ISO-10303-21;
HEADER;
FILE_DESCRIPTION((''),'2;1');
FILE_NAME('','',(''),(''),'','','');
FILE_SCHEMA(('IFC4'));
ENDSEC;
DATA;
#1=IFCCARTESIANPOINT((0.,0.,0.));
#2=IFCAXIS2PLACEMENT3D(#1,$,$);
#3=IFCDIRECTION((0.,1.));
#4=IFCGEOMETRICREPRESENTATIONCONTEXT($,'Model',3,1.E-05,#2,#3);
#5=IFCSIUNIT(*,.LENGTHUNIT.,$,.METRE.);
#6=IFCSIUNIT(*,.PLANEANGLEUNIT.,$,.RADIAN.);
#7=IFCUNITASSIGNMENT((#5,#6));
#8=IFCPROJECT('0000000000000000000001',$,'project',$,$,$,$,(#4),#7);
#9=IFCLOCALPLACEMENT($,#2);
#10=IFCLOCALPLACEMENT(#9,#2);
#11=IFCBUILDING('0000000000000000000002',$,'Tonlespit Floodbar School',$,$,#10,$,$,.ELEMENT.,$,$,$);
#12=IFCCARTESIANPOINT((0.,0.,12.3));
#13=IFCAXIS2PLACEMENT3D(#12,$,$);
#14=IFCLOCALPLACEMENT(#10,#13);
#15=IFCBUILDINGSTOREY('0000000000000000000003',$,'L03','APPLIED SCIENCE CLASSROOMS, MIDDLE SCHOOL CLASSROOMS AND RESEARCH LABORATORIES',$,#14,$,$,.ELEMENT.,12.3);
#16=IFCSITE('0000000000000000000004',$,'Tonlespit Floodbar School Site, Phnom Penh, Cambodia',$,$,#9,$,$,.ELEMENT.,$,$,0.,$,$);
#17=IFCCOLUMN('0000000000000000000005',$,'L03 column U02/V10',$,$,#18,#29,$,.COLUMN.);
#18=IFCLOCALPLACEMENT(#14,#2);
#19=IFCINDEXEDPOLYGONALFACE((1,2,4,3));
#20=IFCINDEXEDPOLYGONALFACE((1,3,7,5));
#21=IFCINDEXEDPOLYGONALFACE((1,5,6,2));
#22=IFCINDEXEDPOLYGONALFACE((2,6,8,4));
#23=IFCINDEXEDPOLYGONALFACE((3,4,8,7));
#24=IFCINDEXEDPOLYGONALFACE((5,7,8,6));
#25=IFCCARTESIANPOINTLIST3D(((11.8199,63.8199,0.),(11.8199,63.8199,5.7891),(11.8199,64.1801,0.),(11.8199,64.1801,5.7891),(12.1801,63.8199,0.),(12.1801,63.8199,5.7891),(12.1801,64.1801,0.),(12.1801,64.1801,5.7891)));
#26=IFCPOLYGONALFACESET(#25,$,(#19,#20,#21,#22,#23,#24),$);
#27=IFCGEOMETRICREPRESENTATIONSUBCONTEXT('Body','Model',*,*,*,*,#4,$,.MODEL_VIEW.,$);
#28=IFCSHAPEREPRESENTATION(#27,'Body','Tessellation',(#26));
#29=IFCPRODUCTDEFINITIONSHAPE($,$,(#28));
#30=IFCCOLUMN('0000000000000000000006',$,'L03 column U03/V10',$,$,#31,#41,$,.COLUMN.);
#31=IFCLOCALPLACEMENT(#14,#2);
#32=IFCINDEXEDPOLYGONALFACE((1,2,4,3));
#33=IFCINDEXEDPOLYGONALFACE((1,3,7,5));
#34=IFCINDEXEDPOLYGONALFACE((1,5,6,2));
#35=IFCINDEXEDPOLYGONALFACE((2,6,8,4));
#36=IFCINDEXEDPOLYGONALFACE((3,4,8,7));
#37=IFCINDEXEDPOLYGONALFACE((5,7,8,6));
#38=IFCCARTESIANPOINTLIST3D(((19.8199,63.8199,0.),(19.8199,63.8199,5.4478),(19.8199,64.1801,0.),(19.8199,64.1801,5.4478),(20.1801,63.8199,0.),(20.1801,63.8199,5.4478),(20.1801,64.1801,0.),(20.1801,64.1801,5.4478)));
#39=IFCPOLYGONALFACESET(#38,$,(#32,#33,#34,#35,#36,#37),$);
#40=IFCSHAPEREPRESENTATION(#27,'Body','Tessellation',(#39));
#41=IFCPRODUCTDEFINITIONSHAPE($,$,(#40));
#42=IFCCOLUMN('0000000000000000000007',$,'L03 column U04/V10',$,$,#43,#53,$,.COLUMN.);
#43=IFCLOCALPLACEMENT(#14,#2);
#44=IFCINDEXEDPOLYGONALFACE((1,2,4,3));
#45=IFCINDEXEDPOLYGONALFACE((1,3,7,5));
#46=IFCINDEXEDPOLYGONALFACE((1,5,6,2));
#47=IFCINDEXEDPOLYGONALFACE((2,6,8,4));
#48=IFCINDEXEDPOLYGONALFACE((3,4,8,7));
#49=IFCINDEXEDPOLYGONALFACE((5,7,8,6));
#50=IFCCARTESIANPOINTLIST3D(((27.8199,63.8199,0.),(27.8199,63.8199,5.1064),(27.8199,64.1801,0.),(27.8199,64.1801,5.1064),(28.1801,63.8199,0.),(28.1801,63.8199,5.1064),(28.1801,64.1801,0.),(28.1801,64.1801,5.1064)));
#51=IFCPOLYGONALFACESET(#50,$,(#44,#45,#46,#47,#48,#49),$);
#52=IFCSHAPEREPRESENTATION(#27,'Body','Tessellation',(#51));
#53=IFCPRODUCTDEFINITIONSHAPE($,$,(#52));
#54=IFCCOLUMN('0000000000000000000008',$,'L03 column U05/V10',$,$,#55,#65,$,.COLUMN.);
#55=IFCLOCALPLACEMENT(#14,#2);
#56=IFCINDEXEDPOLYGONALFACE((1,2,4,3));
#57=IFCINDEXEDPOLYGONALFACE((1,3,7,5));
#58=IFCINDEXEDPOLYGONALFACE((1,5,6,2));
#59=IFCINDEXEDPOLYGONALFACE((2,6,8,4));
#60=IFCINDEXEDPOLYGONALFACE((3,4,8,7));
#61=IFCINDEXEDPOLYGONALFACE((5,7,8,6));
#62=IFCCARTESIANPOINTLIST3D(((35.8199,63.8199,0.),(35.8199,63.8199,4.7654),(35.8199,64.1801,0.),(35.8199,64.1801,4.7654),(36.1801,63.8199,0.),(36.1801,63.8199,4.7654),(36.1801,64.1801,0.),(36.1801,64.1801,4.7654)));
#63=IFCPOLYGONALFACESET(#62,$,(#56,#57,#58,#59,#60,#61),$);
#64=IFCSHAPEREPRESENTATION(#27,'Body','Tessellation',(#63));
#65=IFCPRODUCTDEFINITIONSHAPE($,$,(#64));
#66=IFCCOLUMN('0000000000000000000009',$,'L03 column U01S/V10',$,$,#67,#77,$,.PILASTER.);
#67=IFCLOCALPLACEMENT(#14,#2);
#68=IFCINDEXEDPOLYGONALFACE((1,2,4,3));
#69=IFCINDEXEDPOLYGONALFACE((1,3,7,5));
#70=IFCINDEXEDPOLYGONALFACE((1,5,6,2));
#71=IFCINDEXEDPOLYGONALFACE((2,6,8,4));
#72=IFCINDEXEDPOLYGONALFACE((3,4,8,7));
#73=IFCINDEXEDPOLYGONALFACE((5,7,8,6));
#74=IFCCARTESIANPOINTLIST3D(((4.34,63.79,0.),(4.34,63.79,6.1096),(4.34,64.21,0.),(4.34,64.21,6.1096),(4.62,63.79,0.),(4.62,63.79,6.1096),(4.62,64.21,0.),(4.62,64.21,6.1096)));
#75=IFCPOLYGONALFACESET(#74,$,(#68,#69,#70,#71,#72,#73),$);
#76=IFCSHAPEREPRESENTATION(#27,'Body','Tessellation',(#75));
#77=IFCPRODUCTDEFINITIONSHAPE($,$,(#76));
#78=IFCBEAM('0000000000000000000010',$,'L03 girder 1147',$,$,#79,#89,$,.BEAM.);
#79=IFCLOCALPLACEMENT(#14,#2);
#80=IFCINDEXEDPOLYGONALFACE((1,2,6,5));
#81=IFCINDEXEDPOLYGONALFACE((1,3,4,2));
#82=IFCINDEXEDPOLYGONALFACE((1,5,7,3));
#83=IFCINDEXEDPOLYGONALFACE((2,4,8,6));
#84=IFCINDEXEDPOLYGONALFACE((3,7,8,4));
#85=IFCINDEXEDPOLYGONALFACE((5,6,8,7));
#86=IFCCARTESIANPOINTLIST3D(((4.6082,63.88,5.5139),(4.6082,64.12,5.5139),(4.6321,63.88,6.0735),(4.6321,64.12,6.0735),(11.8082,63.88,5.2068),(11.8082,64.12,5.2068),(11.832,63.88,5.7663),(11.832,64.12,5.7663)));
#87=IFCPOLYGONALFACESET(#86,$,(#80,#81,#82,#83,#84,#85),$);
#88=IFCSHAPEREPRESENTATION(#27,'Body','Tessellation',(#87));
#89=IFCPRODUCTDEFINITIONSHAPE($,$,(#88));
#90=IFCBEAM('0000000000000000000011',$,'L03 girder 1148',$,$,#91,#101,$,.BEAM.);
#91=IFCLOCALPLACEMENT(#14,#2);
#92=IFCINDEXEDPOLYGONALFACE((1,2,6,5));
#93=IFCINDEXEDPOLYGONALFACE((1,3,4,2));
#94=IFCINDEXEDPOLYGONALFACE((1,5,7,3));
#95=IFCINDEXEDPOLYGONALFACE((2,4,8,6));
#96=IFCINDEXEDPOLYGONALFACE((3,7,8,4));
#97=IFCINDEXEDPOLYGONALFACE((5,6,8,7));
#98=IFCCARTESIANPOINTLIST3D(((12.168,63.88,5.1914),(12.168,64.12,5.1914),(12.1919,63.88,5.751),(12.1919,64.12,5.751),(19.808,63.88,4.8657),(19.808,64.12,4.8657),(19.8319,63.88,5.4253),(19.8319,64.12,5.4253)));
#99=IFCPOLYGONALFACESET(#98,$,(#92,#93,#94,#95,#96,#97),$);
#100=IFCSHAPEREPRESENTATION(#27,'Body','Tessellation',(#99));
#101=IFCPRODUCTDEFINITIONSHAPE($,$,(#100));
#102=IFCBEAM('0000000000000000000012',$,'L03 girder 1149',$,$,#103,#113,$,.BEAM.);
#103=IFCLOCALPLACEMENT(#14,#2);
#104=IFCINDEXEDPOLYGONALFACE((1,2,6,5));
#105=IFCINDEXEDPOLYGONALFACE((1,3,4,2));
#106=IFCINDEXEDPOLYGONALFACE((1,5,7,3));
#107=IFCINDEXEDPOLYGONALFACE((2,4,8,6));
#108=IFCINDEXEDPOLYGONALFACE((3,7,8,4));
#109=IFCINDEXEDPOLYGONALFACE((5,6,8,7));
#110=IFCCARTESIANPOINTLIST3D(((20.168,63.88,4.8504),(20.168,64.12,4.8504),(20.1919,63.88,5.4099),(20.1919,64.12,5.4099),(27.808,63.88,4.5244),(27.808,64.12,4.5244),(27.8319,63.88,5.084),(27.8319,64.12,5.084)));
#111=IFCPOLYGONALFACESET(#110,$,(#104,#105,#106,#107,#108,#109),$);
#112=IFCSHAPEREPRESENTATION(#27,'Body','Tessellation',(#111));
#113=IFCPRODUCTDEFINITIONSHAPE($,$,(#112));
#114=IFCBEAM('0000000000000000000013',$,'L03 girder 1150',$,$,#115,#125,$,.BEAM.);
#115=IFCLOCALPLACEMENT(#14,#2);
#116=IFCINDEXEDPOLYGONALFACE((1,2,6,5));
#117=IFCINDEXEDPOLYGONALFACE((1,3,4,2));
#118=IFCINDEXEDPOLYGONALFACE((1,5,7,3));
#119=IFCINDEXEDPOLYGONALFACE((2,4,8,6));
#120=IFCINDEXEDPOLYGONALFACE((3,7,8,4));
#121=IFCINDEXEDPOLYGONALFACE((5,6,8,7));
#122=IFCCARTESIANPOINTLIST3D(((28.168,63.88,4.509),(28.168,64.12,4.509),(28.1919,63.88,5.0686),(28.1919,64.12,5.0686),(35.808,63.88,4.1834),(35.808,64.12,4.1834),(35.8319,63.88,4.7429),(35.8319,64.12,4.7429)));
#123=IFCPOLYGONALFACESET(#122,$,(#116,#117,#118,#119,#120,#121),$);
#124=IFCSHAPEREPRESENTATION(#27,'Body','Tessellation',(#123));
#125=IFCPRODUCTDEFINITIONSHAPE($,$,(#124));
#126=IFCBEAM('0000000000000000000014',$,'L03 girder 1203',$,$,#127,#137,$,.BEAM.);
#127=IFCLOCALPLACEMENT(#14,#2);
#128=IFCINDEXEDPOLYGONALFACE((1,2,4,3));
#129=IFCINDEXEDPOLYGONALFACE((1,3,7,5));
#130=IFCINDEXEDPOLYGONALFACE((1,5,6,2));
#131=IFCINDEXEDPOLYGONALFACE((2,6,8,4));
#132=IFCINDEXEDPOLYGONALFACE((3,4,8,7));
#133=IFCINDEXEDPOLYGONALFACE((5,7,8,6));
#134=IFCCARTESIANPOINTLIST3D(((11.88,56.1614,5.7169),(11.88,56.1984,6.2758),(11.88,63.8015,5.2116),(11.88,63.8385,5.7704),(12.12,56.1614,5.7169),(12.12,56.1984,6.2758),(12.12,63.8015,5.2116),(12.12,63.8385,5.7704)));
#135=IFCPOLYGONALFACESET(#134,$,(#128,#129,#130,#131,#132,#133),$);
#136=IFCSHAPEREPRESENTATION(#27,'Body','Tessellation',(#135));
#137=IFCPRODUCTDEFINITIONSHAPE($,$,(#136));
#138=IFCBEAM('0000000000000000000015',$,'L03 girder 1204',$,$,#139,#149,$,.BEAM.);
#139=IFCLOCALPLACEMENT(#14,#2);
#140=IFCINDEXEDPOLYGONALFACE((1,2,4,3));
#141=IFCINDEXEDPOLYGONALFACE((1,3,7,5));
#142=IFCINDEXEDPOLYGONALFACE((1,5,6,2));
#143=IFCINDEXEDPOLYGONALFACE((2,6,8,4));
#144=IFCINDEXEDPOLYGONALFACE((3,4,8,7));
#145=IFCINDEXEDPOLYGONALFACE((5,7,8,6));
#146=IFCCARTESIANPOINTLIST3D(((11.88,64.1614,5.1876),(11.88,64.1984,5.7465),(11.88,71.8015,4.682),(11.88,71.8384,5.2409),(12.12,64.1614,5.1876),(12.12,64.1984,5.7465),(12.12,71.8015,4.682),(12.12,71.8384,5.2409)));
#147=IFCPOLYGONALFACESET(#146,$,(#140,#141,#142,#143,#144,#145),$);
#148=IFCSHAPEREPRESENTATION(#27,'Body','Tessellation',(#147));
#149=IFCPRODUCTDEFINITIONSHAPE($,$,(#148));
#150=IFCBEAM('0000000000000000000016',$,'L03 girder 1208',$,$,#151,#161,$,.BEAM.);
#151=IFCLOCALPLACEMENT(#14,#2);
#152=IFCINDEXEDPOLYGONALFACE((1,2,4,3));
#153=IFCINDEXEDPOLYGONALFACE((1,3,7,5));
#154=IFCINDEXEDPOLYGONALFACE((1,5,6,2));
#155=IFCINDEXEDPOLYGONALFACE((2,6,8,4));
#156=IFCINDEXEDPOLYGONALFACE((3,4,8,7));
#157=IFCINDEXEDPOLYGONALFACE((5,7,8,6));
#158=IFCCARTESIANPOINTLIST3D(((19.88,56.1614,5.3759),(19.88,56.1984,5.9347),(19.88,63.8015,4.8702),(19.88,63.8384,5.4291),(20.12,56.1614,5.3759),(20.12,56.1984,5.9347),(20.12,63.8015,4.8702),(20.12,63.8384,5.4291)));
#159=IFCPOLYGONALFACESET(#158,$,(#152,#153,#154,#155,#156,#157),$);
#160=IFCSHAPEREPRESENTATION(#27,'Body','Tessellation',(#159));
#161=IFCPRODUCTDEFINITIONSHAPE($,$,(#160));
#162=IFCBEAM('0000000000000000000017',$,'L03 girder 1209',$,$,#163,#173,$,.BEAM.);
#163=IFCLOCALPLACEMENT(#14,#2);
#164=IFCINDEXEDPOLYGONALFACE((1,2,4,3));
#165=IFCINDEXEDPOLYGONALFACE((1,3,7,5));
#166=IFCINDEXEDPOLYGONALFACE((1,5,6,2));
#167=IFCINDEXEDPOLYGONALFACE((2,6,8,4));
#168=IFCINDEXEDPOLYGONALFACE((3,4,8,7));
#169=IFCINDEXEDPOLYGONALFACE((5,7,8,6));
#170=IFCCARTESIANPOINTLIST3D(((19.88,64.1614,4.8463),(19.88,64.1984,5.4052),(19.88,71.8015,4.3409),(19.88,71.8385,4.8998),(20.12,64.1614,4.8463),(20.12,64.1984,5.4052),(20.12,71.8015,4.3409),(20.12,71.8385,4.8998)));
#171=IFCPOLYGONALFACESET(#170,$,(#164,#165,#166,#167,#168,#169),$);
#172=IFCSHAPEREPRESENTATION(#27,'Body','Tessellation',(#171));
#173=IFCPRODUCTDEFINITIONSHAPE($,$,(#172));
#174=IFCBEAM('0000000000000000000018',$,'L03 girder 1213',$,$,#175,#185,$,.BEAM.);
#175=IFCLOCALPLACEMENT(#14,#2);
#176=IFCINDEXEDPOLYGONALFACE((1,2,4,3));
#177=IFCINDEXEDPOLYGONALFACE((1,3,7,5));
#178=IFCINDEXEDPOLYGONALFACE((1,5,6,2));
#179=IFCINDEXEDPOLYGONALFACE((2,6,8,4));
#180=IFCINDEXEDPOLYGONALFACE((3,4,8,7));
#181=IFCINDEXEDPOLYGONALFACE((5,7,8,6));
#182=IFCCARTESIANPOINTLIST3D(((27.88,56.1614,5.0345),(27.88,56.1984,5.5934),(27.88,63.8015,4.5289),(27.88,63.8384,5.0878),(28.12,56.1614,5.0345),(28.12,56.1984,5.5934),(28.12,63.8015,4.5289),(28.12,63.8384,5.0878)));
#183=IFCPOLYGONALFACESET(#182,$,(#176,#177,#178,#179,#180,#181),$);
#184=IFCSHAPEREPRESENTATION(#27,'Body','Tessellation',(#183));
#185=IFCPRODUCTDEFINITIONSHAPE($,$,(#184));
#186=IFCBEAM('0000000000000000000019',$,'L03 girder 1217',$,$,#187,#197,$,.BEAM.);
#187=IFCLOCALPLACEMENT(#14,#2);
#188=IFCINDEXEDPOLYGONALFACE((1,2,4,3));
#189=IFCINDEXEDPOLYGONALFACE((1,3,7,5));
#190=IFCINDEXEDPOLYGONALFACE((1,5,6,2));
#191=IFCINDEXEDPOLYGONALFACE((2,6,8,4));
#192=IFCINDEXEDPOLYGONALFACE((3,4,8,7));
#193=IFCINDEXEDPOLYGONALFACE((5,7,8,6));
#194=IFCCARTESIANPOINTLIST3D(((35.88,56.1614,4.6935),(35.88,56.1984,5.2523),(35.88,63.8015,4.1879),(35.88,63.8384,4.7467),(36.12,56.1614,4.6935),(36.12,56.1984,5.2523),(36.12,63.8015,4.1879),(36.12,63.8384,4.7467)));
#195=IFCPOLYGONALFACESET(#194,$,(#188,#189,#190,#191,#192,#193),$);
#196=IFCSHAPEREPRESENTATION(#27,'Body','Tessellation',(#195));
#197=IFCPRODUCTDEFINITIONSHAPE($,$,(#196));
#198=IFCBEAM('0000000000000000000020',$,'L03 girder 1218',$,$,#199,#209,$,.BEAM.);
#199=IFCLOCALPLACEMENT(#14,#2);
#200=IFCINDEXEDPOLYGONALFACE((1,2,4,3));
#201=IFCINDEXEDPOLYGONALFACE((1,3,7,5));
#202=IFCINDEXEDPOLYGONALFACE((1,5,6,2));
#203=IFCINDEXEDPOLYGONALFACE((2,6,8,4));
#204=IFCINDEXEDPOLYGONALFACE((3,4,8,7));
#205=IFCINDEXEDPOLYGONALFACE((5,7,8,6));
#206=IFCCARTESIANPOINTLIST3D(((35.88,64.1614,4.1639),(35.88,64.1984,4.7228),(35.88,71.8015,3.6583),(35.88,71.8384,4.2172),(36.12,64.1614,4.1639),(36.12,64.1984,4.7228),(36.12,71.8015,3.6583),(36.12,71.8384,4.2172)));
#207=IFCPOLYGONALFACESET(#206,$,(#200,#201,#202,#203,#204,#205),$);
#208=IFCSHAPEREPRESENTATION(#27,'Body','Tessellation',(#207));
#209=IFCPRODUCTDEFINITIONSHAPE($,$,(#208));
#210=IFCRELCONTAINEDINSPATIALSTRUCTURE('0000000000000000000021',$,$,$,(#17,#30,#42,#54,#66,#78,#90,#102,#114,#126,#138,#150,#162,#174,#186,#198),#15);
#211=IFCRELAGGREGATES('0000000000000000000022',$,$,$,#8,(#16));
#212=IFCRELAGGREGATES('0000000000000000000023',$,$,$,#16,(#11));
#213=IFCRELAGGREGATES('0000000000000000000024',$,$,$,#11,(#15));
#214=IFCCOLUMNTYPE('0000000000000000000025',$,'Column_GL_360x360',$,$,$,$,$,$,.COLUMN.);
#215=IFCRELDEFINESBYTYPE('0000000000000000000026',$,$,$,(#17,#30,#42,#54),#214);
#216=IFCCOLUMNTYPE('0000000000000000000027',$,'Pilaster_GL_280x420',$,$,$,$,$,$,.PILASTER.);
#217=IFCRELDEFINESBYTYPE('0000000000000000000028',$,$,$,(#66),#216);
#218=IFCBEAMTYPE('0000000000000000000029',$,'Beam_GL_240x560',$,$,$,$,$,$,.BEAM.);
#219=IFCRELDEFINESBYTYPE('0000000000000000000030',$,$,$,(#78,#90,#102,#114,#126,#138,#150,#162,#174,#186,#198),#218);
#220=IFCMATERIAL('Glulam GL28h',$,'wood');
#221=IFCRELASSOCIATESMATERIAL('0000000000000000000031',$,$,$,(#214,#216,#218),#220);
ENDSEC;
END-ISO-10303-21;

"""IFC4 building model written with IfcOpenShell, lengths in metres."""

from ifc_helpers import new_model, si_unit, direction, frame, origin, origin_2d, place, context, subcontext, project, spatial, rectangle, extrude, material, material_profile, profile_set, type_object, element, save


model = new_model("IFC4")

# Units and contexts
model_context = context("Model", 3, precision=1e-05, world=origin(), true_north=direction((0.0, 1.0)))
body_context = subcontext(model_context, "Body", "Model", "MODEL_VIEW")
ifc_project = project(units=[si_unit("LENGTHUNIT", "METRE"), si_unit("PLANEANGLEUNIT", "RADIAN")], contexts=[model_context])

# Site, building, storey
site_placement = place(None, origin())
site = spatial("IfcSite", under=ifc_project, at=site_placement, Name="Tonlespit Floodbar School Site, Phnom Penh, Cambodia", CompositionType="ELEMENT", RefElevation=0.0)
building_placement = place(site_placement, origin())
building = spatial("IfcBuilding", under=site, at=building_placement, Name="Tonlespit Floodbar School", CompositionType="ELEMENT")
storey_placement = place(building_placement, frame((0.0, 0.0, 12.3)))
storey = spatial("IfcBuildingStorey", under=building, at=storey_placement, Name="L03", Description="APPLIED SCIENCE CLASSROOMS, MIDDLE SCHOOL CLASSROOMS AND RESEARCH LABORATORIES", CompositionType="ELEMENT", Elevation=12.3)

# Columns
ifc_material_1 = material(Name="Glulam GL28h", Category="wood")
ifc_material_profile_1 = material_profile(ifc_material_1, rectangle(XDim=0.3601, YDim=0.3601, at=origin_2d()), Name="GL 360x360")
ifc_profile_set_1 = profile_set([ifc_material_profile_1], Name="Glulam GL28h")
column_type_1 = type_object("IfcColumnType", Name="Column_GL_360x360", PredefinedType="COLUMN", material=ifc_profile_set_1)
column_1_placement = place(storey_placement, frame((12.0, 64.0, 0.0), z_axis=(0.0, 0.0, 1.0), x_axis=(1.0, 0.0, 0.0)))
element("IfcColumn", 1, at=column_1_placement, inside=storey, type_object=column_type_1, Name="L03 column U02/V10", PredefinedType="COLUMN", context=body_context, shape_type="SweptSolid", body=[
    extrude(rectangle(XDim=0.3601, YDim=0.3601, at=origin_2d()), origin(), (0.0, 0.0, 1.0), 5.7891),
])
column_2_placement = place(storey_placement, frame((20.0, 64.0, 0.0), z_axis=(0.0, 0.0, 1.0), x_axis=(1.0, 0.0, 0.0)))
element("IfcColumn", 2, at=column_2_placement, inside=storey, type_object=column_type_1, Name="L03 column U03/V10", PredefinedType="COLUMN", context=body_context, shape_type="SweptSolid", body=[
    extrude(rectangle(XDim=0.3601, YDim=0.3601, at=origin_2d()), origin(), (0.0, 0.0, 1.0), 5.4478),
])
column_3_placement = place(storey_placement, frame((28.0, 64.0, 0.0), z_axis=(0.0, 0.0, 1.0), x_axis=(1.0, 0.0, 0.0)))
element("IfcColumn", 3, at=column_3_placement, inside=storey, type_object=column_type_1, Name="L03 column U04/V10", PredefinedType="COLUMN", context=body_context, shape_type="SweptSolid", body=[
    extrude(rectangle(XDim=0.3601, YDim=0.3601, at=origin_2d()), origin(), (0.0, 0.0, 1.0), 5.1064),
])
column_4_placement = place(storey_placement, frame((36.0, 64.0, 0.0), z_axis=(0.0, 0.0, 1.0), x_axis=(1.0, 0.0, 0.0)))
element("IfcColumn", 4, at=column_4_placement, inside=storey, type_object=column_type_1, Name="L03 column U05/V10", PredefinedType="COLUMN", context=body_context, shape_type="SweptSolid", body=[
    extrude(rectangle(XDim=0.3601, YDim=0.3601, at=origin_2d()), origin(), (0.0, 0.0, 1.0), 4.7654),
])
ifc_material_profile_2 = material_profile(ifc_material_1, rectangle(XDim=0.28, YDim=0.4199, at=origin_2d()), Name="GL 280x420")
ifc_profile_set_2 = profile_set([ifc_material_profile_2], Name="Glulam GL28h")
column_type_2 = type_object("IfcColumnType", Name="Pilaster_GL_280x420", PredefinedType="PILASTER", material=ifc_profile_set_2)
column_5_placement = place(storey_placement, frame((4.48, 64.0, 0.0), z_axis=(0.0, 0.0, 1.0), x_axis=(1.0, 0.0, 0.0)))
element("IfcColumn", 5, at=column_5_placement, inside=storey, type_object=column_type_2, Name="L03 column U01S/V10", PredefinedType="PILASTER", context=body_context, shape_type="SweptSolid", body=[
    extrude(rectangle(XDim=0.28, YDim=0.4199, at=origin_2d()), origin(), (0.0, 0.0, 1.0), 6.1096),
])

# Beams
ifc_material_profile_3 = material_profile(ifc_material_1, rectangle(XDim=0.24, YDim=0.5601, at=origin_2d()), Name="GL 240x560")
ifc_profile_set_3 = profile_set([ifc_material_profile_3], Name="Glulam GL28h")
beam_type_1 = type_object("IfcBeamType", Name="Beam_GL_240x560", PredefinedType="BEAM", material=ifc_profile_set_3)
beam_placement = place(storey_placement, frame((4.6201, 64.0, 5.7937), z_axis=(0.999091, 0.0, -0.042618), x_axis=(0.0, 1.0, 0.0)))
element("IfcBeam", 6, at=beam_placement, inside=storey, type_object=beam_type_1, Name="L03 girder 1147", PredefinedType="BEAM", context=body_context, shape_type="SweptSolid", body=[
    extrude(rectangle(XDim=0.24, YDim=0.5601, at=origin_2d()), origin(), (0.0, 0.0, 1.0), 7.2065),
])
for number, where, z_axis, x_axis, name in (
    (7, (12.1799, 64.0, 5.4712), (0.999093, 0.0, -0.042589), (0.0, 1.0, 0.0), "L03 girder 1148"),
    (8, (20.1799, 64.0, 5.1301), (0.999091, 0.0, -0.042621), (0.0, 1.0, 0.0), "L03 girder 1149"),
    (9, (28.1799, 64.0, 4.7888), (0.999093, 0.0, -0.042589), (0.0, 1.0, 0.0), "L03 girder 1150"),
):
    element("IfcBeam", number, at=place(storey_placement, frame(where, z_axis=z_axis, x_axis=x_axis)), inside=storey, type_object=beam_type_1, Name=name, PredefinedType="BEAM", context=body_context, shape_type="SweptSolid", body=[
        extrude(rectangle(XDim=0.24, YDim=0.5601, at=origin_2d()), origin(), (0.0, 0.0, 1.0), 7.647),
    ])
for number, where, z_axis, x_axis, name in (
    (10, (12.0, 56.1799, 5.9963), (0.0, 0.997819, -0.066003), (-1.0, 0.0, 0.0), "L03 girder 1203"),
    (11, (12.0, 64.1799, 5.467), (0.0, 0.997817, -0.066034), (-1.0, 0.0, 0.0), "L03 girder 1204"),
    (12, (20.0, 56.1799, 5.6553), (0.0, 0.997817, -0.066034), (-1.0, 0.0, 0.0), "L03 girder 1208"),
    (13, (20.0, 64.1799, 5.1257), (0.0, 0.997819, -0.066003), (-1.0, 0.0, 0.0), "L03 girder 1209"),
    (14, (28.0, 56.1799, 5.314), (0.0, 0.997817, -0.066034), (-1.0, 0.0, 0.0), "L03 girder 1213"),
    (15, (36.0, 56.1799, 4.9729), (0.0, 0.997817, -0.066034), (-1.0, 0.0, 0.0), "L03 girder 1217"),
    (16, (36.0, 64.1799, 4.4434), (0.0, 0.997817, -0.066034), (-1.0, 0.0, 0.0), "L03 girder 1218"),
):
    element("IfcBeam", number, at=place(storey_placement, frame(where, z_axis=z_axis, x_axis=x_axis)), inside=storey, type_object=beam_type_1, Name=name, PredefinedType="BEAM", context=body_context, shape_type="SweptSolid", body=[
        extrude(rectangle(XDim=0.24, YDim=0.5601, at=origin_2d()), origin(), (0.0, 0.0, 1.0), 7.6567),
    ])

save(model, "model.ifc")
